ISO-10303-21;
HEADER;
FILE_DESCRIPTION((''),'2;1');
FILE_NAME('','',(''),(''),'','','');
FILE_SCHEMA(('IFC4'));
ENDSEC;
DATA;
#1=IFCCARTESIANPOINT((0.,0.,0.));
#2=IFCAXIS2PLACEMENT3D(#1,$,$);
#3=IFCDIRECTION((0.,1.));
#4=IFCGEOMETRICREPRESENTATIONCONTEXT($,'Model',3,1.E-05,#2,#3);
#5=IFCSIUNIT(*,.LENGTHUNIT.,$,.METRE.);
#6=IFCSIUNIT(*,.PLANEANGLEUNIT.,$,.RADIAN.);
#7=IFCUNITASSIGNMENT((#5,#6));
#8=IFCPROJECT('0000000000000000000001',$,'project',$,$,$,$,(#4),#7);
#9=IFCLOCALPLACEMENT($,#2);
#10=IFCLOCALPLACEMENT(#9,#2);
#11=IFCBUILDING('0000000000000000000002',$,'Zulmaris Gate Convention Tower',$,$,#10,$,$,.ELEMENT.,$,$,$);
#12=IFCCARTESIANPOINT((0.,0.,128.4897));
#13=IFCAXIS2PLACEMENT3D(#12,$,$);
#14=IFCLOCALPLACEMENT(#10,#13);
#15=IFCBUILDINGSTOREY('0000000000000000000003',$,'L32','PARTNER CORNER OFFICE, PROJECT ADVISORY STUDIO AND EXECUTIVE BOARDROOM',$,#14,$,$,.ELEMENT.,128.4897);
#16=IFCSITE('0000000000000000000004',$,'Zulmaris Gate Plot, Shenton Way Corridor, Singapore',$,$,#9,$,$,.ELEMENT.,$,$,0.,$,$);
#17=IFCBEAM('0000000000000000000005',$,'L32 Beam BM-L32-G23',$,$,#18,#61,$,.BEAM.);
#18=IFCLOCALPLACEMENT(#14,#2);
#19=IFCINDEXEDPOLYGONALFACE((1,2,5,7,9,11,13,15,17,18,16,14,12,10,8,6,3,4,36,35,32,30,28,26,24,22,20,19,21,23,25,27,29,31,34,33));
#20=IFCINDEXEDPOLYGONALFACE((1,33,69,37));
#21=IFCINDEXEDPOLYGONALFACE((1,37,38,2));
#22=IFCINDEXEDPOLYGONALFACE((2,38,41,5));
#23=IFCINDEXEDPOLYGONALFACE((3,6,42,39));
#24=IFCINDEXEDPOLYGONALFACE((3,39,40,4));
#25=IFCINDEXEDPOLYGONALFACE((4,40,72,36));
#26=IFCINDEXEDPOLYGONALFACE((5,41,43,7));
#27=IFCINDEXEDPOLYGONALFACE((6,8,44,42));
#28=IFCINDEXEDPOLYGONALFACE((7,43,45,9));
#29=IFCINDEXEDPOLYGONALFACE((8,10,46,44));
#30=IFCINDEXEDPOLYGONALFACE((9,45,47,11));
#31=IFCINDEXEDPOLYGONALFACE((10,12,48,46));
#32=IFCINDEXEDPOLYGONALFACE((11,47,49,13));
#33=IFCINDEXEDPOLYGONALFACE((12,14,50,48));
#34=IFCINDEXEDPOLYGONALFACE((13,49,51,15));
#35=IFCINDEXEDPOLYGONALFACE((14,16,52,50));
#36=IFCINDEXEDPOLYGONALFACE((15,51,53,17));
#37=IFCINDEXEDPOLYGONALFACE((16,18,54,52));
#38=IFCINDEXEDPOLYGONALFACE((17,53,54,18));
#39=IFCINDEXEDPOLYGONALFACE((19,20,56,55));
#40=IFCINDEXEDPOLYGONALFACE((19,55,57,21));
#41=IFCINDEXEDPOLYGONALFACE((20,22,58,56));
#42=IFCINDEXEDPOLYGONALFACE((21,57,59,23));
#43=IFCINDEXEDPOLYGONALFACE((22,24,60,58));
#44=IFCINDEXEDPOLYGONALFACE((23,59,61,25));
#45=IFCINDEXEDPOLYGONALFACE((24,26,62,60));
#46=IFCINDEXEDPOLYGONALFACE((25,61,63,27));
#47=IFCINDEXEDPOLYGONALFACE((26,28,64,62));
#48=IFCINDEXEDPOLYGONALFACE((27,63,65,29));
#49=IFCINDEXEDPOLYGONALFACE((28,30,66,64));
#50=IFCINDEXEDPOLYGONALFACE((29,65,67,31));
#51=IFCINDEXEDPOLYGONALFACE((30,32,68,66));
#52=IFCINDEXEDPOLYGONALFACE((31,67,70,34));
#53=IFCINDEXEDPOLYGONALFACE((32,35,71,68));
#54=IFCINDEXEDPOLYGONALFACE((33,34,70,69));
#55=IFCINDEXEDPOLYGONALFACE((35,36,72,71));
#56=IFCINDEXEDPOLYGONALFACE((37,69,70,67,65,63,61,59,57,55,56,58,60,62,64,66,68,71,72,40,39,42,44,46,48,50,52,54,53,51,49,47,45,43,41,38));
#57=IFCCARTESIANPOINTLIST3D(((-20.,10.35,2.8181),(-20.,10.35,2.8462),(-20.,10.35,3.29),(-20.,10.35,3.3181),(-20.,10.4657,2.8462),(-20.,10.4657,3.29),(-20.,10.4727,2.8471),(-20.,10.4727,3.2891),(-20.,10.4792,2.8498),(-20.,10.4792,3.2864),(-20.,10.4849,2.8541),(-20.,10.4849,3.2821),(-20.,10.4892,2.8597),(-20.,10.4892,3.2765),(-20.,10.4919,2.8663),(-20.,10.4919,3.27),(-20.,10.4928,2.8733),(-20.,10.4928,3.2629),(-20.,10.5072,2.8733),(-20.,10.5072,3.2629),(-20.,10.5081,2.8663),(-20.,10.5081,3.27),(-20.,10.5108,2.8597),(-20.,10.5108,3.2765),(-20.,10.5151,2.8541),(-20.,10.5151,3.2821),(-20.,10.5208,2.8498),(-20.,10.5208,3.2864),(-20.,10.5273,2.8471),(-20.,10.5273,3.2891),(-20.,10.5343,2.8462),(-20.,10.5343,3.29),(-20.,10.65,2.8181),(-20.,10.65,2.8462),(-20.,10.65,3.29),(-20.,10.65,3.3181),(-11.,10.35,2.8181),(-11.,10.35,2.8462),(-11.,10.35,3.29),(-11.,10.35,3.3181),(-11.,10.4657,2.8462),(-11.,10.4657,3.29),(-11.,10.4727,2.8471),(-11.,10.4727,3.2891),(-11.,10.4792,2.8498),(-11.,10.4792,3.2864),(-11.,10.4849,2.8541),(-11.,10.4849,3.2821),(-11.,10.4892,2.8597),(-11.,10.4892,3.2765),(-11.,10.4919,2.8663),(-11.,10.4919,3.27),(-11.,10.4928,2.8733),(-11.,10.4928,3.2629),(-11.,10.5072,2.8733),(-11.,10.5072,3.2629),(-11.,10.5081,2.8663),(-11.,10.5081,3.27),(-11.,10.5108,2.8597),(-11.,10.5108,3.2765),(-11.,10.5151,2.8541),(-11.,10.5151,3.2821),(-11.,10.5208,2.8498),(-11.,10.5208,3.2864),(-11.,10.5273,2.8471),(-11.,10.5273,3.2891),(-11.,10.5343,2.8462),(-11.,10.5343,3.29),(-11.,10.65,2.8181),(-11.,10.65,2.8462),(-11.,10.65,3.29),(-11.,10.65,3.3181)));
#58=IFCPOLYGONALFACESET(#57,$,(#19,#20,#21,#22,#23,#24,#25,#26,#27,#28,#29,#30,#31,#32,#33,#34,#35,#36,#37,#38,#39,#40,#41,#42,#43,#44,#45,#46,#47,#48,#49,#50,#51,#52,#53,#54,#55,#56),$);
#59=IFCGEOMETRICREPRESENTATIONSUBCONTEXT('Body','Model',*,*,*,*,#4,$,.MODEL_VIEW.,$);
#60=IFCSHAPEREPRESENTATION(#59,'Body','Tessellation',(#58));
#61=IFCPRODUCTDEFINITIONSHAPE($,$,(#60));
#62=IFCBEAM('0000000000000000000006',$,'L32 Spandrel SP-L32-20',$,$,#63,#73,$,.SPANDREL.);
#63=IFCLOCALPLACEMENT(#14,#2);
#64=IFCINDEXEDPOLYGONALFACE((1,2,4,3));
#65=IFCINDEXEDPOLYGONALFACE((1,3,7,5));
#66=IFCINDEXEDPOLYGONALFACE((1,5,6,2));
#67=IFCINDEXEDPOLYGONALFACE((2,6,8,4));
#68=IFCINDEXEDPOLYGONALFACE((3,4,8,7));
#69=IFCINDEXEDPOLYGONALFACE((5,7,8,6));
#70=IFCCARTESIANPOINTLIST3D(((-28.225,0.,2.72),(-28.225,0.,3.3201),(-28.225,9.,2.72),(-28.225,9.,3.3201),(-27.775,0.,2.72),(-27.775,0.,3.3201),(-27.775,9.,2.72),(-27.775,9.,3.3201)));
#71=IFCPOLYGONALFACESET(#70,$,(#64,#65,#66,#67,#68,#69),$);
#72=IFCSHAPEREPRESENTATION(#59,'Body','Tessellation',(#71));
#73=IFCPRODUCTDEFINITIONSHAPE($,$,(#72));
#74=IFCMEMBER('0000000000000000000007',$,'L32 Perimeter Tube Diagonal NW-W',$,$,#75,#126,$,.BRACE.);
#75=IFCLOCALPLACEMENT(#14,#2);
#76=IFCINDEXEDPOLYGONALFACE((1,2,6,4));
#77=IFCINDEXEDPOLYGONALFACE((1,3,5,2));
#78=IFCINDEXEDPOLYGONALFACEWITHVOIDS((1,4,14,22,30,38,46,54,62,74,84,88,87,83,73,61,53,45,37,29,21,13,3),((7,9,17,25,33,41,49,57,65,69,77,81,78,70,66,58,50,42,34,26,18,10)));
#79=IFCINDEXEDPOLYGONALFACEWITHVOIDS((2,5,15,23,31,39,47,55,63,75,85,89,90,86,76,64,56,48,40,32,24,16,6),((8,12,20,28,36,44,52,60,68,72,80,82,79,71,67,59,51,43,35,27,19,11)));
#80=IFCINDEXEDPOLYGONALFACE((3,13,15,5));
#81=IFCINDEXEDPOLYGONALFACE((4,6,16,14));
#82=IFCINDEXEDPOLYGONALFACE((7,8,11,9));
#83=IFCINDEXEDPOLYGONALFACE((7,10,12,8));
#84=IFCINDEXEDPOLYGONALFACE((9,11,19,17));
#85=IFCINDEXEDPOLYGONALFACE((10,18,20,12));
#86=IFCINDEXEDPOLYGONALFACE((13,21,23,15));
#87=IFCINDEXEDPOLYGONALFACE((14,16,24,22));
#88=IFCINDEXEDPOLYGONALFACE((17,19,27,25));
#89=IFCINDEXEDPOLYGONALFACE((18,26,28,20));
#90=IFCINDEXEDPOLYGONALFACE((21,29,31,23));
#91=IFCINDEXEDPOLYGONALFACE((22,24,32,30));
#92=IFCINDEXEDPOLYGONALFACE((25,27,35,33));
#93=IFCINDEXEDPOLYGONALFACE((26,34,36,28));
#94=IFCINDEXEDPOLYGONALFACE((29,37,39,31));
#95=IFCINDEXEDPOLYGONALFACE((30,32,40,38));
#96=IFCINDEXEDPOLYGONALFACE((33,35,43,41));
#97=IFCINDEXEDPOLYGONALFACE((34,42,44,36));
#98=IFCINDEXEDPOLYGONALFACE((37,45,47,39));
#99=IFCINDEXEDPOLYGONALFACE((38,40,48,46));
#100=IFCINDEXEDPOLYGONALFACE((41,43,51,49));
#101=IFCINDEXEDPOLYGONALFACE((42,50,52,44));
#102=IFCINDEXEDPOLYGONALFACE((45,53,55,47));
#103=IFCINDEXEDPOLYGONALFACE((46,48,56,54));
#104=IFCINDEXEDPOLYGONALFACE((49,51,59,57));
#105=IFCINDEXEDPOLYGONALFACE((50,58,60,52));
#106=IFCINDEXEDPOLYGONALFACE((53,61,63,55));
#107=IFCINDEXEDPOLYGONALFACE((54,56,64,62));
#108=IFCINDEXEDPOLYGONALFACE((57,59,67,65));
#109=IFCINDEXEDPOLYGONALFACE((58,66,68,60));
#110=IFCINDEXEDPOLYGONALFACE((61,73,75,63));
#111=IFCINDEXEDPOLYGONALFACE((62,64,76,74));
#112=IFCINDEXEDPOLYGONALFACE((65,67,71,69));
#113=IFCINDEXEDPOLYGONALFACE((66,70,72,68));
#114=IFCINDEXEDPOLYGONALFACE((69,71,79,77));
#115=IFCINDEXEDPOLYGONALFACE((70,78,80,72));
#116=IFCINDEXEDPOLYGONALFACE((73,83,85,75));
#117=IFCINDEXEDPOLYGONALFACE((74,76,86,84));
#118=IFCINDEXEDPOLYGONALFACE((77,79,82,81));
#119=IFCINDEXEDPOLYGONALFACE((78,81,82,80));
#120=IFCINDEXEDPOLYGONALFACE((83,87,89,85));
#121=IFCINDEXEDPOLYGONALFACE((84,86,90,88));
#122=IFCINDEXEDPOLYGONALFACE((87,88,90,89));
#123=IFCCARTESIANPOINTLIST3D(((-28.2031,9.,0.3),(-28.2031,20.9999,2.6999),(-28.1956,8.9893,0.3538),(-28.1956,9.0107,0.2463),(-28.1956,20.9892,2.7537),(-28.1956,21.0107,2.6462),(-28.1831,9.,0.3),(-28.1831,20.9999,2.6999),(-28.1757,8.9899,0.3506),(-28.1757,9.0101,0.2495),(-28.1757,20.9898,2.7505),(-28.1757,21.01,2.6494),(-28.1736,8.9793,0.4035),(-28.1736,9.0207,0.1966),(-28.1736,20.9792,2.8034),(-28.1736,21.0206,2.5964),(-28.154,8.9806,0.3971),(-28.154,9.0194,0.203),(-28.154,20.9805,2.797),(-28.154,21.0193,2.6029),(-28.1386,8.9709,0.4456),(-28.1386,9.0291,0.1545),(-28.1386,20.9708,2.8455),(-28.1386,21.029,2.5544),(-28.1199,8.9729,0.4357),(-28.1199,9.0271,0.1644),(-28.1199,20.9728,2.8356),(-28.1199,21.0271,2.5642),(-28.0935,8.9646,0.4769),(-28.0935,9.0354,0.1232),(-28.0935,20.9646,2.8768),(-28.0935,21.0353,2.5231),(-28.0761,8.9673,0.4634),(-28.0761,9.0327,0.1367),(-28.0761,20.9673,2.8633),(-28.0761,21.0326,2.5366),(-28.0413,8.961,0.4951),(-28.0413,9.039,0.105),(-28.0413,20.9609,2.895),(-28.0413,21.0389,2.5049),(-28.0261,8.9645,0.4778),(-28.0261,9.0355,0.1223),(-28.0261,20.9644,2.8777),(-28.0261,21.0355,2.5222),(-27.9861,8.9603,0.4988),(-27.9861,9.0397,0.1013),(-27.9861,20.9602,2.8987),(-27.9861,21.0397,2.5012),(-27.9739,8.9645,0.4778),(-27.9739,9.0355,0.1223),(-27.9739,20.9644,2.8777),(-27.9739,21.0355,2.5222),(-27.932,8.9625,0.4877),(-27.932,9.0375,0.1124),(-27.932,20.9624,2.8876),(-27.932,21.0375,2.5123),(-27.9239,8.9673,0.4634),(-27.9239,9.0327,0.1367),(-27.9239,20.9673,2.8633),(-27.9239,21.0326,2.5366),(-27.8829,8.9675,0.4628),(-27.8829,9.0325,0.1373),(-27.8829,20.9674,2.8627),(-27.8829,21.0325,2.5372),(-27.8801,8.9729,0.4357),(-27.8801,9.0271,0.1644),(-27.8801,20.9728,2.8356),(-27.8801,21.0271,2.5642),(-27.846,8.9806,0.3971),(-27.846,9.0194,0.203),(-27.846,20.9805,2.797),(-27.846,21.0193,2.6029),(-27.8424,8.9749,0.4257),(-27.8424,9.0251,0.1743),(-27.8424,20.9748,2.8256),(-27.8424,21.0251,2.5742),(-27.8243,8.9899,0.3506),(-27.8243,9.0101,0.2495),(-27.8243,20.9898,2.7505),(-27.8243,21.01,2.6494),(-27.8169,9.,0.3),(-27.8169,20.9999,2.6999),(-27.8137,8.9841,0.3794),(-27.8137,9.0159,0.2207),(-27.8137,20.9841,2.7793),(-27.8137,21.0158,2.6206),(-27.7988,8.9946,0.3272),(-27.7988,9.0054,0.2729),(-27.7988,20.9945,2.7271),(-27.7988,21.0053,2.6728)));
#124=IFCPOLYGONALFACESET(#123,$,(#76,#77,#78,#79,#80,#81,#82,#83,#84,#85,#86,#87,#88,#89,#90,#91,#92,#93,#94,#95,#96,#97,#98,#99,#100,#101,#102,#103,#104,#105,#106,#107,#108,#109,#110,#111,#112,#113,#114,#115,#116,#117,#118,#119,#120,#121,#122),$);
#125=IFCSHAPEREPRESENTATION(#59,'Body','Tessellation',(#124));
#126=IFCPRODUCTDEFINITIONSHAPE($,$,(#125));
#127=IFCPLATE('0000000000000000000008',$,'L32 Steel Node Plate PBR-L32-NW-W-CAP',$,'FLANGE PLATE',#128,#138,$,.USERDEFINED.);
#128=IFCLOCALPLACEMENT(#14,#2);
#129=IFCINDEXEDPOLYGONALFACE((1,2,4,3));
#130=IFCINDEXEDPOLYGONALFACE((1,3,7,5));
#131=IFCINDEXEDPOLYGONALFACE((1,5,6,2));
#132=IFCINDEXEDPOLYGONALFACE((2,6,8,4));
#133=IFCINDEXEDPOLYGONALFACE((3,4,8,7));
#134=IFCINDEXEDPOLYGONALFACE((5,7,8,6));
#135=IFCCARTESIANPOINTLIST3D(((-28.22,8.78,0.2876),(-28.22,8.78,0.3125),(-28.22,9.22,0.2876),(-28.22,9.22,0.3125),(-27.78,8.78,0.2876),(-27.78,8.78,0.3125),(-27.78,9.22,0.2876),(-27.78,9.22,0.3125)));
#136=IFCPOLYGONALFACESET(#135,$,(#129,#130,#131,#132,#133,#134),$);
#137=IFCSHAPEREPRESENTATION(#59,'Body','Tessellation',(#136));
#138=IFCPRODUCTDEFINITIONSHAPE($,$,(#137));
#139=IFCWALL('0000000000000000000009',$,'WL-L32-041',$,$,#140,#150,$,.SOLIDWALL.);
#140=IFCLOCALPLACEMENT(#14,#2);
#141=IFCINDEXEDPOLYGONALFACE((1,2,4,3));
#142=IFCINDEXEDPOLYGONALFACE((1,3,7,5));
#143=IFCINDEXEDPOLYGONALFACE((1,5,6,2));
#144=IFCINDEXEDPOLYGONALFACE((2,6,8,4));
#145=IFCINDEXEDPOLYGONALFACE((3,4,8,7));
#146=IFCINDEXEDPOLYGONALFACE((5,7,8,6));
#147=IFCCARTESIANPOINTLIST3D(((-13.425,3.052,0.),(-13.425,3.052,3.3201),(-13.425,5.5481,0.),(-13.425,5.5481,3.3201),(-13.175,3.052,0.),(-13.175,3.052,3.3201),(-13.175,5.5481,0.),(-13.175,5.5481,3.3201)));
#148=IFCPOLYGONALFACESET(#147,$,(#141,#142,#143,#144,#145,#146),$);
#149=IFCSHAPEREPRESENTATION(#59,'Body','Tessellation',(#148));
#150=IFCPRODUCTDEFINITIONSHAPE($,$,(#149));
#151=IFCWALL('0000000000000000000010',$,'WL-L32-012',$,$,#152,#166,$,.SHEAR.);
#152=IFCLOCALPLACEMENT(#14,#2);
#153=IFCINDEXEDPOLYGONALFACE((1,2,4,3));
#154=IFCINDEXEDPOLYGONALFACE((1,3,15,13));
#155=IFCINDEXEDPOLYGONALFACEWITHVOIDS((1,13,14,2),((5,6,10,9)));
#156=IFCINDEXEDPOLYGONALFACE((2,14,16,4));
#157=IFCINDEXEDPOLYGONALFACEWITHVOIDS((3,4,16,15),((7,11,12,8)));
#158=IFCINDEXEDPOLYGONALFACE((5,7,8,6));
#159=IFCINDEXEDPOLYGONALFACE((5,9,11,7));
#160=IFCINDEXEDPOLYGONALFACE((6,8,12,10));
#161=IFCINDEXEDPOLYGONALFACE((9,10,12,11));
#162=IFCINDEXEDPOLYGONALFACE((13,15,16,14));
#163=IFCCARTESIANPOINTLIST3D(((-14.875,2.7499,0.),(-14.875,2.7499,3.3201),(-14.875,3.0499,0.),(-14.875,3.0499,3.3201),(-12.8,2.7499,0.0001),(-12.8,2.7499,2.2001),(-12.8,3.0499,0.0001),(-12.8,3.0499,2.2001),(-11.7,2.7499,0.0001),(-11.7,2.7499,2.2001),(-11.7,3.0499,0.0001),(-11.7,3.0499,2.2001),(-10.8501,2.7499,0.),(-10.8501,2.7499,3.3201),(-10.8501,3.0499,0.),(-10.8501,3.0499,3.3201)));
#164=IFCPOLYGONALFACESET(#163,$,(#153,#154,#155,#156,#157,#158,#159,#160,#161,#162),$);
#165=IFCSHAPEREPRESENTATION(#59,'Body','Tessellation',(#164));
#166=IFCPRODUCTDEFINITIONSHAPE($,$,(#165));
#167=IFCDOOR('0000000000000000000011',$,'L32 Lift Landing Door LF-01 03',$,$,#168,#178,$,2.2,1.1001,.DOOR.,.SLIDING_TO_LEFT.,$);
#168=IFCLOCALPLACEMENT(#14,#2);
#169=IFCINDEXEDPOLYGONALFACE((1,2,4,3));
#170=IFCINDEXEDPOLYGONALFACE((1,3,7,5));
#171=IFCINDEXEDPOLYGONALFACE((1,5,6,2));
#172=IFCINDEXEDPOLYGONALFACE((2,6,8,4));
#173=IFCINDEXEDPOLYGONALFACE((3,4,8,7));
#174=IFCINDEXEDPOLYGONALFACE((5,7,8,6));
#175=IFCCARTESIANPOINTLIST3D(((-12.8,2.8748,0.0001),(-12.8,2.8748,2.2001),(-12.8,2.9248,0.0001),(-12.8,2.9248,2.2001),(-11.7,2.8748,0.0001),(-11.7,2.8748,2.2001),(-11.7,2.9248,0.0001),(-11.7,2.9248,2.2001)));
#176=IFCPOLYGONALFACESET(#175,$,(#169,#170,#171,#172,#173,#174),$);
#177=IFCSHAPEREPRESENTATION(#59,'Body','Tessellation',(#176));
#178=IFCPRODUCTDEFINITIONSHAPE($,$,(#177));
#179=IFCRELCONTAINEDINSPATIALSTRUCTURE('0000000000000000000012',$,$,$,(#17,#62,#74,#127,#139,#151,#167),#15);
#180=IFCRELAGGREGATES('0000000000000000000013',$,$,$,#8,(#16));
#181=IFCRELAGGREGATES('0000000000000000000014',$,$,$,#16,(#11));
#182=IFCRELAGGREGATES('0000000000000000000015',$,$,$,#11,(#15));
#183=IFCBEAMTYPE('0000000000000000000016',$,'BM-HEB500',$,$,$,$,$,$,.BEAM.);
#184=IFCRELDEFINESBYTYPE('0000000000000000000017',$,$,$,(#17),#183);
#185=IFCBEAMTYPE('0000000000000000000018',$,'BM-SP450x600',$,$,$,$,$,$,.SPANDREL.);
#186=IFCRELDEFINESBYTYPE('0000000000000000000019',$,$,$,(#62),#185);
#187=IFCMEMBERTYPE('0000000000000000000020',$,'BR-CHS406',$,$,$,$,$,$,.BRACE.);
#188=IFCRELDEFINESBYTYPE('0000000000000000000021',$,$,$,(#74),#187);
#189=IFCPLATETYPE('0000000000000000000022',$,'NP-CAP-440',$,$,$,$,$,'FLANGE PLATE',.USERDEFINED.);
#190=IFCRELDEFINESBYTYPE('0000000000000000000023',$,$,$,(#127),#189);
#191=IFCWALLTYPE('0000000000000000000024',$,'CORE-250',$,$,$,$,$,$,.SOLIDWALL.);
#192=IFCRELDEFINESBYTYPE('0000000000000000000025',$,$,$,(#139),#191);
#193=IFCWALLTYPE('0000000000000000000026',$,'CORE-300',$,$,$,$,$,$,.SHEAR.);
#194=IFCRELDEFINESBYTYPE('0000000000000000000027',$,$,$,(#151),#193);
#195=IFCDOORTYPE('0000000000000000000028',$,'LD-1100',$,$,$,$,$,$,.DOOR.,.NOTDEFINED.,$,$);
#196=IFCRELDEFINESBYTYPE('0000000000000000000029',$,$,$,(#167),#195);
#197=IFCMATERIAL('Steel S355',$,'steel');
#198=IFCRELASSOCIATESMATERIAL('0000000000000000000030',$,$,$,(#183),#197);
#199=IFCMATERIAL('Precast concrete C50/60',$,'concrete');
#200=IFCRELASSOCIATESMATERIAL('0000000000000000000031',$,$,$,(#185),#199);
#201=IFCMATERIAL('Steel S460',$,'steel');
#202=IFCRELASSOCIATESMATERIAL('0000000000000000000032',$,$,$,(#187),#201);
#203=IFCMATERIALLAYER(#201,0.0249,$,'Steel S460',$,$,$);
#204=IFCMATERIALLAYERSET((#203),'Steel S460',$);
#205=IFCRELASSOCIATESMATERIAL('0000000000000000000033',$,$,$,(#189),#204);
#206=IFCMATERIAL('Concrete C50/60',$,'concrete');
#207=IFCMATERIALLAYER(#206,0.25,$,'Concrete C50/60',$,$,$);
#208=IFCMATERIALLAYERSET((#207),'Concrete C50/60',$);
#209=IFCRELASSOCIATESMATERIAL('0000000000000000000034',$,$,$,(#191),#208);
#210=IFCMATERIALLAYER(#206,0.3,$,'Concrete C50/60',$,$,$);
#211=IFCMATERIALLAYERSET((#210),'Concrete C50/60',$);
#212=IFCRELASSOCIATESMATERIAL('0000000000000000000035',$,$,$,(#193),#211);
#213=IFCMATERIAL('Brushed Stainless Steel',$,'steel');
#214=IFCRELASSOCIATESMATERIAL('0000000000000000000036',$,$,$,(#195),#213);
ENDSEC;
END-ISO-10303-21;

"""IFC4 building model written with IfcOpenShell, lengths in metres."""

from ifc_helpers import new_model, si_unit, direction, frame, frame_2d, origin, origin_2d, place, context, subcontext, project, spatial, rectangle, hollow_circle, i_section, extrude, material, layer, layer_set, material_profile, profile_set, type_object, element, fill, save


model = new_model("IFC4")

# Units and contexts
model_context = context("Model", 3, precision=1e-05, world=origin(), true_north=direction((0.0, 1.0)))
body_context = subcontext(model_context, "Body", "Model", "MODEL_VIEW")
ifc_project = project(units=[si_unit("LENGTHUNIT", "METRE"), si_unit("PLANEANGLEUNIT", "RADIAN")], contexts=[model_context])

# Site, building, storey
site_placement = place(None, origin())
site = spatial("IfcSite", under=ifc_project, at=site_placement, Name="Zulmaris Gate Plot, Shenton Way Corridor, Singapore", CompositionType="ELEMENT", RefElevation=0.0)
building_placement = place(site_placement, origin())
building = spatial("IfcBuilding", under=site, at=building_placement, Name="Zulmaris Gate Convention Tower", CompositionType="ELEMENT")
storey_placement = place(building_placement, frame((0.0, 0.0, 128.4897)))
storey = spatial("IfcBuildingStorey", under=building, at=storey_placement, Name="L32", Description="PARTNER CORNER OFFICE, PROJECT ADVISORY STUDIO AND EXECUTIVE BOARDROOM", CompositionType="ELEMENT", Elevation=128.4897)

# Beams
ifc_material_1 = material(Name="Steel S355", Category="steel")
ifc_material_profile_1 = material_profile(ifc_material_1, i_section(OverallWidth=0.3, OverallDepth=0.5, WebThickness=0.0144, FlangeThickness=0.0281, FilletRadius=0.0271, at=origin_2d()), Name="HEB 500")
ifc_profile_set_1 = profile_set([ifc_material_profile_1], Name="Steel S355")
beam_type_1 = type_object("IfcBeamType", Name="BM-HEB500", PredefinedType="BEAM", material=ifc_profile_set_1)
beam_1_placement = place(storey_placement, frame((-20.0, 10.5, 3.0681), z_axis=(1.0, 0.0, 0.0), x_axis=(0.0, 1.0, 0.0)))
element("IfcBeam", 1, at=beam_1_placement, inside=storey, type_object=beam_type_1, Name="L32 Beam BM-L32-G23", PredefinedType="BEAM", context=body_context, shape_type="SweptSolid", body=[
    extrude(i_section(OverallWidth=0.3, OverallDepth=0.5, WebThickness=0.0144, FlangeThickness=0.0281, FilletRadius=0.0271, at=origin_2d()), origin(), (0.0, 0.0, 1.0), 9.0),
])
ifc_material_2 = material(Name="Precast concrete C50/60", Category="concrete")
ifc_material_profile_2 = material_profile(ifc_material_2, rectangle(XDim=0.45, YDim=0.6001, at=origin_2d()), Name="RC SPANDREL 450x600")
ifc_profile_set_2 = profile_set([ifc_material_profile_2], Name="Precast concrete C50/60")
beam_type_2 = type_object("IfcBeamType", Name="BM-SP450x600", PredefinedType="SPANDREL", material=ifc_profile_set_2)
beam_2_placement = place(storey_placement, frame((-28.0, 9.0, 3.02), z_axis=(0.0, -1.0, 0.0), x_axis=(1.0, 0.0, 0.0)))
element("IfcBeam", 2, at=beam_2_placement, inside=storey, type_object=beam_type_2, Name="L32 Spandrel SP-L32-20", PredefinedType="SPANDREL", context=body_context, shape_type="SweptSolid", body=[
    extrude(rectangle(XDim=0.45, YDim=0.6001, at=origin_2d()), origin(), (0.0, 0.0, 1.0), 9.0),
])

# Member
ifc_material_3 = material(Name="Steel S460", Category="steel")
ifc_material_profile_3 = material_profile(ifc_material_3, hollow_circle(Radius=0.2031, WallThickness=0.02, at=origin_2d()), Name="CHS 406.4x20")
ifc_profile_set_3 = profile_set([ifc_material_profile_3], Name="Steel S460")
member_type = type_object("IfcMemberType", Name="BR-CHS406", PredefinedType="BRACE", material=ifc_profile_set_3)
member_placement = place(storey_placement, frame((-28.0, 9.0, 0.3), z_axis=(0.0, 0.980582, 0.196108), x_axis=(-1.0, 0.0, 0.0)))
element("IfcMember", 3, at=member_placement, inside=storey, type_object=member_type, Name="L32 Perimeter Tube Diagonal NW-W", PredefinedType="BRACE", context=body_context, shape_type="SweptSolid", body=[
    extrude(hollow_circle(Radius=0.2031, WallThickness=0.02, at=origin_2d()), origin(), (0.0, 0.0, 1.0), 12.2375),
])

# Plate
ifc_layer_1 = layer(ifc_material_3, 0.0249, Name="Steel S460")
ifc_layer_set_1 = layer_set([ifc_layer_1], Name="Steel S460")
plate_type = type_object("IfcPlateType", Name="NP-CAP-440", ElementType="FLANGE PLATE", PredefinedType="USERDEFINED", material=ifc_layer_set_1)
plate_placement = place(storey_placement, frame((-28.0, 9.0, 0.2876), z_axis=(0.0, 0.0, 1.0), x_axis=(1.0, 0.0, 0.0)))
element("IfcPlate", 4, at=plate_placement, inside=storey, type_object=plate_type, Name="L32 Steel Node Plate PBR-L32-NW-W-CAP", ObjectType="FLANGE PLATE", PredefinedType="USERDEFINED", context=body_context, shape_type="SweptSolid", body=[
    extrude(rectangle(XDim=0.4399, YDim=0.4399, at=origin_2d()), origin(), (0.0, 0.0, 1.0), 0.0249),
])

# Wall
ifc_material_4 = material(Name="Concrete C50/60", Category="concrete")
ifc_layer_2 = layer(ifc_material_4, 0.25, Name="Concrete C50/60")
ifc_layer_set_2 = layer_set([ifc_layer_2], Name="Concrete C50/60")
wall_type_1 = type_object("IfcWallType", Name="CORE-250", PredefinedType="SOLIDWALL", material=ifc_layer_set_2)
wall_1_placement = place(storey_placement, frame((-13.3, 3.052, 0.0), z_axis=(0.0, 0.0, 1.0), x_axis=(0.0, 1.0, 0.0)))
element("IfcWall", 5, at=wall_1_placement, inside=storey, type_object=wall_type_1, Name="WL-L32-041", PredefinedType="SOLIDWALL", context=body_context, shape_type="SweptSolid", body=[
    extrude(rectangle(XDim=2.4961, YDim=0.25, at=frame_2d((1.248, 0.0))), origin(), (0.0, 0.0, 1.0), 3.3201),
])

# Wall, opening, door
ifc_layer_3 = layer(ifc_material_4, 0.3, Name="Concrete C50/60")
ifc_layer_set_3 = layer_set([ifc_layer_3], Name="Concrete C50/60")
wall_type_2 = type_object("IfcWallType", Name="CORE-300", PredefinedType="SHEAR", material=ifc_layer_set_3)
wall_2_placement = place(storey_placement, frame((-14.875, 2.8999, 0.0), z_axis=(0.0, 0.0, 1.0), x_axis=(1.0, 0.0, 0.0)))
wall_2 = element("IfcWall", 6, at=wall_2_placement, inside=storey, type_object=wall_type_2, Name="WL-L32-012", PredefinedType="SHEAR", context=body_context, shape_type="SweptSolid", body=[
    extrude(rectangle(XDim=4.0249, YDim=0.3, at=frame_2d((2.0125, 0.0))), origin(), (0.0, 0.0, 1.0), 3.3201),
])
opening_1_placement = place(wall_2_placement, frame((2.075, 0.0, 0.0)))
opening_1 = element("IfcOpeningElement", 7, at=opening_1_placement, cuts=wall_2, PredefinedType="OPENING", context=body_context, shape_type="SweptSolid", body=[
    extrude(rectangle(XDim=1.1001, YDim=2.2, at=frame_2d((0.55, 1.1001))), frame((0.0, 0.1602, 0.0), z_axis=(0.0, -1.0, 0.0), x_axis=(1.0, 0.0, 0.0)), (0.0, 0.0, 1.0), 0.3201),
])
ifc_material_5 = material(Name="Brushed Stainless Steel", Category="steel")
door_type_1 = type_object("IfcDoorType", Name="LD-1100", OperationType="NOTDEFINED", PredefinedType="DOOR", material=ifc_material_5)
door_1_placement = place(opening_1_placement, origin())
door_1 = element("IfcDoor", 8, at=door_1_placement, inside=storey, type_object=door_type_1, Name="L32 Lift Landing Door LF-01 03", OperationType="SLIDING_TO_LEFT", OverallHeight=2.2, OverallWidth=1.1001, PredefinedType="DOOR", context=body_context, shape_type="SweptSolid", body=[
    extrude(rectangle(XDim=1.1001, YDim=2.2, at=frame_2d((0.55, 1.1001))), frame((0.0, 0.0249, 0.0), z_axis=(0.0, -1.0, 0.0), x_axis=(1.0, 0.0, 0.0)), (0.0, 0.0, 1.0), 0.05),
])
fill(opening_1, door_1)

save(model, "model.ifc")
